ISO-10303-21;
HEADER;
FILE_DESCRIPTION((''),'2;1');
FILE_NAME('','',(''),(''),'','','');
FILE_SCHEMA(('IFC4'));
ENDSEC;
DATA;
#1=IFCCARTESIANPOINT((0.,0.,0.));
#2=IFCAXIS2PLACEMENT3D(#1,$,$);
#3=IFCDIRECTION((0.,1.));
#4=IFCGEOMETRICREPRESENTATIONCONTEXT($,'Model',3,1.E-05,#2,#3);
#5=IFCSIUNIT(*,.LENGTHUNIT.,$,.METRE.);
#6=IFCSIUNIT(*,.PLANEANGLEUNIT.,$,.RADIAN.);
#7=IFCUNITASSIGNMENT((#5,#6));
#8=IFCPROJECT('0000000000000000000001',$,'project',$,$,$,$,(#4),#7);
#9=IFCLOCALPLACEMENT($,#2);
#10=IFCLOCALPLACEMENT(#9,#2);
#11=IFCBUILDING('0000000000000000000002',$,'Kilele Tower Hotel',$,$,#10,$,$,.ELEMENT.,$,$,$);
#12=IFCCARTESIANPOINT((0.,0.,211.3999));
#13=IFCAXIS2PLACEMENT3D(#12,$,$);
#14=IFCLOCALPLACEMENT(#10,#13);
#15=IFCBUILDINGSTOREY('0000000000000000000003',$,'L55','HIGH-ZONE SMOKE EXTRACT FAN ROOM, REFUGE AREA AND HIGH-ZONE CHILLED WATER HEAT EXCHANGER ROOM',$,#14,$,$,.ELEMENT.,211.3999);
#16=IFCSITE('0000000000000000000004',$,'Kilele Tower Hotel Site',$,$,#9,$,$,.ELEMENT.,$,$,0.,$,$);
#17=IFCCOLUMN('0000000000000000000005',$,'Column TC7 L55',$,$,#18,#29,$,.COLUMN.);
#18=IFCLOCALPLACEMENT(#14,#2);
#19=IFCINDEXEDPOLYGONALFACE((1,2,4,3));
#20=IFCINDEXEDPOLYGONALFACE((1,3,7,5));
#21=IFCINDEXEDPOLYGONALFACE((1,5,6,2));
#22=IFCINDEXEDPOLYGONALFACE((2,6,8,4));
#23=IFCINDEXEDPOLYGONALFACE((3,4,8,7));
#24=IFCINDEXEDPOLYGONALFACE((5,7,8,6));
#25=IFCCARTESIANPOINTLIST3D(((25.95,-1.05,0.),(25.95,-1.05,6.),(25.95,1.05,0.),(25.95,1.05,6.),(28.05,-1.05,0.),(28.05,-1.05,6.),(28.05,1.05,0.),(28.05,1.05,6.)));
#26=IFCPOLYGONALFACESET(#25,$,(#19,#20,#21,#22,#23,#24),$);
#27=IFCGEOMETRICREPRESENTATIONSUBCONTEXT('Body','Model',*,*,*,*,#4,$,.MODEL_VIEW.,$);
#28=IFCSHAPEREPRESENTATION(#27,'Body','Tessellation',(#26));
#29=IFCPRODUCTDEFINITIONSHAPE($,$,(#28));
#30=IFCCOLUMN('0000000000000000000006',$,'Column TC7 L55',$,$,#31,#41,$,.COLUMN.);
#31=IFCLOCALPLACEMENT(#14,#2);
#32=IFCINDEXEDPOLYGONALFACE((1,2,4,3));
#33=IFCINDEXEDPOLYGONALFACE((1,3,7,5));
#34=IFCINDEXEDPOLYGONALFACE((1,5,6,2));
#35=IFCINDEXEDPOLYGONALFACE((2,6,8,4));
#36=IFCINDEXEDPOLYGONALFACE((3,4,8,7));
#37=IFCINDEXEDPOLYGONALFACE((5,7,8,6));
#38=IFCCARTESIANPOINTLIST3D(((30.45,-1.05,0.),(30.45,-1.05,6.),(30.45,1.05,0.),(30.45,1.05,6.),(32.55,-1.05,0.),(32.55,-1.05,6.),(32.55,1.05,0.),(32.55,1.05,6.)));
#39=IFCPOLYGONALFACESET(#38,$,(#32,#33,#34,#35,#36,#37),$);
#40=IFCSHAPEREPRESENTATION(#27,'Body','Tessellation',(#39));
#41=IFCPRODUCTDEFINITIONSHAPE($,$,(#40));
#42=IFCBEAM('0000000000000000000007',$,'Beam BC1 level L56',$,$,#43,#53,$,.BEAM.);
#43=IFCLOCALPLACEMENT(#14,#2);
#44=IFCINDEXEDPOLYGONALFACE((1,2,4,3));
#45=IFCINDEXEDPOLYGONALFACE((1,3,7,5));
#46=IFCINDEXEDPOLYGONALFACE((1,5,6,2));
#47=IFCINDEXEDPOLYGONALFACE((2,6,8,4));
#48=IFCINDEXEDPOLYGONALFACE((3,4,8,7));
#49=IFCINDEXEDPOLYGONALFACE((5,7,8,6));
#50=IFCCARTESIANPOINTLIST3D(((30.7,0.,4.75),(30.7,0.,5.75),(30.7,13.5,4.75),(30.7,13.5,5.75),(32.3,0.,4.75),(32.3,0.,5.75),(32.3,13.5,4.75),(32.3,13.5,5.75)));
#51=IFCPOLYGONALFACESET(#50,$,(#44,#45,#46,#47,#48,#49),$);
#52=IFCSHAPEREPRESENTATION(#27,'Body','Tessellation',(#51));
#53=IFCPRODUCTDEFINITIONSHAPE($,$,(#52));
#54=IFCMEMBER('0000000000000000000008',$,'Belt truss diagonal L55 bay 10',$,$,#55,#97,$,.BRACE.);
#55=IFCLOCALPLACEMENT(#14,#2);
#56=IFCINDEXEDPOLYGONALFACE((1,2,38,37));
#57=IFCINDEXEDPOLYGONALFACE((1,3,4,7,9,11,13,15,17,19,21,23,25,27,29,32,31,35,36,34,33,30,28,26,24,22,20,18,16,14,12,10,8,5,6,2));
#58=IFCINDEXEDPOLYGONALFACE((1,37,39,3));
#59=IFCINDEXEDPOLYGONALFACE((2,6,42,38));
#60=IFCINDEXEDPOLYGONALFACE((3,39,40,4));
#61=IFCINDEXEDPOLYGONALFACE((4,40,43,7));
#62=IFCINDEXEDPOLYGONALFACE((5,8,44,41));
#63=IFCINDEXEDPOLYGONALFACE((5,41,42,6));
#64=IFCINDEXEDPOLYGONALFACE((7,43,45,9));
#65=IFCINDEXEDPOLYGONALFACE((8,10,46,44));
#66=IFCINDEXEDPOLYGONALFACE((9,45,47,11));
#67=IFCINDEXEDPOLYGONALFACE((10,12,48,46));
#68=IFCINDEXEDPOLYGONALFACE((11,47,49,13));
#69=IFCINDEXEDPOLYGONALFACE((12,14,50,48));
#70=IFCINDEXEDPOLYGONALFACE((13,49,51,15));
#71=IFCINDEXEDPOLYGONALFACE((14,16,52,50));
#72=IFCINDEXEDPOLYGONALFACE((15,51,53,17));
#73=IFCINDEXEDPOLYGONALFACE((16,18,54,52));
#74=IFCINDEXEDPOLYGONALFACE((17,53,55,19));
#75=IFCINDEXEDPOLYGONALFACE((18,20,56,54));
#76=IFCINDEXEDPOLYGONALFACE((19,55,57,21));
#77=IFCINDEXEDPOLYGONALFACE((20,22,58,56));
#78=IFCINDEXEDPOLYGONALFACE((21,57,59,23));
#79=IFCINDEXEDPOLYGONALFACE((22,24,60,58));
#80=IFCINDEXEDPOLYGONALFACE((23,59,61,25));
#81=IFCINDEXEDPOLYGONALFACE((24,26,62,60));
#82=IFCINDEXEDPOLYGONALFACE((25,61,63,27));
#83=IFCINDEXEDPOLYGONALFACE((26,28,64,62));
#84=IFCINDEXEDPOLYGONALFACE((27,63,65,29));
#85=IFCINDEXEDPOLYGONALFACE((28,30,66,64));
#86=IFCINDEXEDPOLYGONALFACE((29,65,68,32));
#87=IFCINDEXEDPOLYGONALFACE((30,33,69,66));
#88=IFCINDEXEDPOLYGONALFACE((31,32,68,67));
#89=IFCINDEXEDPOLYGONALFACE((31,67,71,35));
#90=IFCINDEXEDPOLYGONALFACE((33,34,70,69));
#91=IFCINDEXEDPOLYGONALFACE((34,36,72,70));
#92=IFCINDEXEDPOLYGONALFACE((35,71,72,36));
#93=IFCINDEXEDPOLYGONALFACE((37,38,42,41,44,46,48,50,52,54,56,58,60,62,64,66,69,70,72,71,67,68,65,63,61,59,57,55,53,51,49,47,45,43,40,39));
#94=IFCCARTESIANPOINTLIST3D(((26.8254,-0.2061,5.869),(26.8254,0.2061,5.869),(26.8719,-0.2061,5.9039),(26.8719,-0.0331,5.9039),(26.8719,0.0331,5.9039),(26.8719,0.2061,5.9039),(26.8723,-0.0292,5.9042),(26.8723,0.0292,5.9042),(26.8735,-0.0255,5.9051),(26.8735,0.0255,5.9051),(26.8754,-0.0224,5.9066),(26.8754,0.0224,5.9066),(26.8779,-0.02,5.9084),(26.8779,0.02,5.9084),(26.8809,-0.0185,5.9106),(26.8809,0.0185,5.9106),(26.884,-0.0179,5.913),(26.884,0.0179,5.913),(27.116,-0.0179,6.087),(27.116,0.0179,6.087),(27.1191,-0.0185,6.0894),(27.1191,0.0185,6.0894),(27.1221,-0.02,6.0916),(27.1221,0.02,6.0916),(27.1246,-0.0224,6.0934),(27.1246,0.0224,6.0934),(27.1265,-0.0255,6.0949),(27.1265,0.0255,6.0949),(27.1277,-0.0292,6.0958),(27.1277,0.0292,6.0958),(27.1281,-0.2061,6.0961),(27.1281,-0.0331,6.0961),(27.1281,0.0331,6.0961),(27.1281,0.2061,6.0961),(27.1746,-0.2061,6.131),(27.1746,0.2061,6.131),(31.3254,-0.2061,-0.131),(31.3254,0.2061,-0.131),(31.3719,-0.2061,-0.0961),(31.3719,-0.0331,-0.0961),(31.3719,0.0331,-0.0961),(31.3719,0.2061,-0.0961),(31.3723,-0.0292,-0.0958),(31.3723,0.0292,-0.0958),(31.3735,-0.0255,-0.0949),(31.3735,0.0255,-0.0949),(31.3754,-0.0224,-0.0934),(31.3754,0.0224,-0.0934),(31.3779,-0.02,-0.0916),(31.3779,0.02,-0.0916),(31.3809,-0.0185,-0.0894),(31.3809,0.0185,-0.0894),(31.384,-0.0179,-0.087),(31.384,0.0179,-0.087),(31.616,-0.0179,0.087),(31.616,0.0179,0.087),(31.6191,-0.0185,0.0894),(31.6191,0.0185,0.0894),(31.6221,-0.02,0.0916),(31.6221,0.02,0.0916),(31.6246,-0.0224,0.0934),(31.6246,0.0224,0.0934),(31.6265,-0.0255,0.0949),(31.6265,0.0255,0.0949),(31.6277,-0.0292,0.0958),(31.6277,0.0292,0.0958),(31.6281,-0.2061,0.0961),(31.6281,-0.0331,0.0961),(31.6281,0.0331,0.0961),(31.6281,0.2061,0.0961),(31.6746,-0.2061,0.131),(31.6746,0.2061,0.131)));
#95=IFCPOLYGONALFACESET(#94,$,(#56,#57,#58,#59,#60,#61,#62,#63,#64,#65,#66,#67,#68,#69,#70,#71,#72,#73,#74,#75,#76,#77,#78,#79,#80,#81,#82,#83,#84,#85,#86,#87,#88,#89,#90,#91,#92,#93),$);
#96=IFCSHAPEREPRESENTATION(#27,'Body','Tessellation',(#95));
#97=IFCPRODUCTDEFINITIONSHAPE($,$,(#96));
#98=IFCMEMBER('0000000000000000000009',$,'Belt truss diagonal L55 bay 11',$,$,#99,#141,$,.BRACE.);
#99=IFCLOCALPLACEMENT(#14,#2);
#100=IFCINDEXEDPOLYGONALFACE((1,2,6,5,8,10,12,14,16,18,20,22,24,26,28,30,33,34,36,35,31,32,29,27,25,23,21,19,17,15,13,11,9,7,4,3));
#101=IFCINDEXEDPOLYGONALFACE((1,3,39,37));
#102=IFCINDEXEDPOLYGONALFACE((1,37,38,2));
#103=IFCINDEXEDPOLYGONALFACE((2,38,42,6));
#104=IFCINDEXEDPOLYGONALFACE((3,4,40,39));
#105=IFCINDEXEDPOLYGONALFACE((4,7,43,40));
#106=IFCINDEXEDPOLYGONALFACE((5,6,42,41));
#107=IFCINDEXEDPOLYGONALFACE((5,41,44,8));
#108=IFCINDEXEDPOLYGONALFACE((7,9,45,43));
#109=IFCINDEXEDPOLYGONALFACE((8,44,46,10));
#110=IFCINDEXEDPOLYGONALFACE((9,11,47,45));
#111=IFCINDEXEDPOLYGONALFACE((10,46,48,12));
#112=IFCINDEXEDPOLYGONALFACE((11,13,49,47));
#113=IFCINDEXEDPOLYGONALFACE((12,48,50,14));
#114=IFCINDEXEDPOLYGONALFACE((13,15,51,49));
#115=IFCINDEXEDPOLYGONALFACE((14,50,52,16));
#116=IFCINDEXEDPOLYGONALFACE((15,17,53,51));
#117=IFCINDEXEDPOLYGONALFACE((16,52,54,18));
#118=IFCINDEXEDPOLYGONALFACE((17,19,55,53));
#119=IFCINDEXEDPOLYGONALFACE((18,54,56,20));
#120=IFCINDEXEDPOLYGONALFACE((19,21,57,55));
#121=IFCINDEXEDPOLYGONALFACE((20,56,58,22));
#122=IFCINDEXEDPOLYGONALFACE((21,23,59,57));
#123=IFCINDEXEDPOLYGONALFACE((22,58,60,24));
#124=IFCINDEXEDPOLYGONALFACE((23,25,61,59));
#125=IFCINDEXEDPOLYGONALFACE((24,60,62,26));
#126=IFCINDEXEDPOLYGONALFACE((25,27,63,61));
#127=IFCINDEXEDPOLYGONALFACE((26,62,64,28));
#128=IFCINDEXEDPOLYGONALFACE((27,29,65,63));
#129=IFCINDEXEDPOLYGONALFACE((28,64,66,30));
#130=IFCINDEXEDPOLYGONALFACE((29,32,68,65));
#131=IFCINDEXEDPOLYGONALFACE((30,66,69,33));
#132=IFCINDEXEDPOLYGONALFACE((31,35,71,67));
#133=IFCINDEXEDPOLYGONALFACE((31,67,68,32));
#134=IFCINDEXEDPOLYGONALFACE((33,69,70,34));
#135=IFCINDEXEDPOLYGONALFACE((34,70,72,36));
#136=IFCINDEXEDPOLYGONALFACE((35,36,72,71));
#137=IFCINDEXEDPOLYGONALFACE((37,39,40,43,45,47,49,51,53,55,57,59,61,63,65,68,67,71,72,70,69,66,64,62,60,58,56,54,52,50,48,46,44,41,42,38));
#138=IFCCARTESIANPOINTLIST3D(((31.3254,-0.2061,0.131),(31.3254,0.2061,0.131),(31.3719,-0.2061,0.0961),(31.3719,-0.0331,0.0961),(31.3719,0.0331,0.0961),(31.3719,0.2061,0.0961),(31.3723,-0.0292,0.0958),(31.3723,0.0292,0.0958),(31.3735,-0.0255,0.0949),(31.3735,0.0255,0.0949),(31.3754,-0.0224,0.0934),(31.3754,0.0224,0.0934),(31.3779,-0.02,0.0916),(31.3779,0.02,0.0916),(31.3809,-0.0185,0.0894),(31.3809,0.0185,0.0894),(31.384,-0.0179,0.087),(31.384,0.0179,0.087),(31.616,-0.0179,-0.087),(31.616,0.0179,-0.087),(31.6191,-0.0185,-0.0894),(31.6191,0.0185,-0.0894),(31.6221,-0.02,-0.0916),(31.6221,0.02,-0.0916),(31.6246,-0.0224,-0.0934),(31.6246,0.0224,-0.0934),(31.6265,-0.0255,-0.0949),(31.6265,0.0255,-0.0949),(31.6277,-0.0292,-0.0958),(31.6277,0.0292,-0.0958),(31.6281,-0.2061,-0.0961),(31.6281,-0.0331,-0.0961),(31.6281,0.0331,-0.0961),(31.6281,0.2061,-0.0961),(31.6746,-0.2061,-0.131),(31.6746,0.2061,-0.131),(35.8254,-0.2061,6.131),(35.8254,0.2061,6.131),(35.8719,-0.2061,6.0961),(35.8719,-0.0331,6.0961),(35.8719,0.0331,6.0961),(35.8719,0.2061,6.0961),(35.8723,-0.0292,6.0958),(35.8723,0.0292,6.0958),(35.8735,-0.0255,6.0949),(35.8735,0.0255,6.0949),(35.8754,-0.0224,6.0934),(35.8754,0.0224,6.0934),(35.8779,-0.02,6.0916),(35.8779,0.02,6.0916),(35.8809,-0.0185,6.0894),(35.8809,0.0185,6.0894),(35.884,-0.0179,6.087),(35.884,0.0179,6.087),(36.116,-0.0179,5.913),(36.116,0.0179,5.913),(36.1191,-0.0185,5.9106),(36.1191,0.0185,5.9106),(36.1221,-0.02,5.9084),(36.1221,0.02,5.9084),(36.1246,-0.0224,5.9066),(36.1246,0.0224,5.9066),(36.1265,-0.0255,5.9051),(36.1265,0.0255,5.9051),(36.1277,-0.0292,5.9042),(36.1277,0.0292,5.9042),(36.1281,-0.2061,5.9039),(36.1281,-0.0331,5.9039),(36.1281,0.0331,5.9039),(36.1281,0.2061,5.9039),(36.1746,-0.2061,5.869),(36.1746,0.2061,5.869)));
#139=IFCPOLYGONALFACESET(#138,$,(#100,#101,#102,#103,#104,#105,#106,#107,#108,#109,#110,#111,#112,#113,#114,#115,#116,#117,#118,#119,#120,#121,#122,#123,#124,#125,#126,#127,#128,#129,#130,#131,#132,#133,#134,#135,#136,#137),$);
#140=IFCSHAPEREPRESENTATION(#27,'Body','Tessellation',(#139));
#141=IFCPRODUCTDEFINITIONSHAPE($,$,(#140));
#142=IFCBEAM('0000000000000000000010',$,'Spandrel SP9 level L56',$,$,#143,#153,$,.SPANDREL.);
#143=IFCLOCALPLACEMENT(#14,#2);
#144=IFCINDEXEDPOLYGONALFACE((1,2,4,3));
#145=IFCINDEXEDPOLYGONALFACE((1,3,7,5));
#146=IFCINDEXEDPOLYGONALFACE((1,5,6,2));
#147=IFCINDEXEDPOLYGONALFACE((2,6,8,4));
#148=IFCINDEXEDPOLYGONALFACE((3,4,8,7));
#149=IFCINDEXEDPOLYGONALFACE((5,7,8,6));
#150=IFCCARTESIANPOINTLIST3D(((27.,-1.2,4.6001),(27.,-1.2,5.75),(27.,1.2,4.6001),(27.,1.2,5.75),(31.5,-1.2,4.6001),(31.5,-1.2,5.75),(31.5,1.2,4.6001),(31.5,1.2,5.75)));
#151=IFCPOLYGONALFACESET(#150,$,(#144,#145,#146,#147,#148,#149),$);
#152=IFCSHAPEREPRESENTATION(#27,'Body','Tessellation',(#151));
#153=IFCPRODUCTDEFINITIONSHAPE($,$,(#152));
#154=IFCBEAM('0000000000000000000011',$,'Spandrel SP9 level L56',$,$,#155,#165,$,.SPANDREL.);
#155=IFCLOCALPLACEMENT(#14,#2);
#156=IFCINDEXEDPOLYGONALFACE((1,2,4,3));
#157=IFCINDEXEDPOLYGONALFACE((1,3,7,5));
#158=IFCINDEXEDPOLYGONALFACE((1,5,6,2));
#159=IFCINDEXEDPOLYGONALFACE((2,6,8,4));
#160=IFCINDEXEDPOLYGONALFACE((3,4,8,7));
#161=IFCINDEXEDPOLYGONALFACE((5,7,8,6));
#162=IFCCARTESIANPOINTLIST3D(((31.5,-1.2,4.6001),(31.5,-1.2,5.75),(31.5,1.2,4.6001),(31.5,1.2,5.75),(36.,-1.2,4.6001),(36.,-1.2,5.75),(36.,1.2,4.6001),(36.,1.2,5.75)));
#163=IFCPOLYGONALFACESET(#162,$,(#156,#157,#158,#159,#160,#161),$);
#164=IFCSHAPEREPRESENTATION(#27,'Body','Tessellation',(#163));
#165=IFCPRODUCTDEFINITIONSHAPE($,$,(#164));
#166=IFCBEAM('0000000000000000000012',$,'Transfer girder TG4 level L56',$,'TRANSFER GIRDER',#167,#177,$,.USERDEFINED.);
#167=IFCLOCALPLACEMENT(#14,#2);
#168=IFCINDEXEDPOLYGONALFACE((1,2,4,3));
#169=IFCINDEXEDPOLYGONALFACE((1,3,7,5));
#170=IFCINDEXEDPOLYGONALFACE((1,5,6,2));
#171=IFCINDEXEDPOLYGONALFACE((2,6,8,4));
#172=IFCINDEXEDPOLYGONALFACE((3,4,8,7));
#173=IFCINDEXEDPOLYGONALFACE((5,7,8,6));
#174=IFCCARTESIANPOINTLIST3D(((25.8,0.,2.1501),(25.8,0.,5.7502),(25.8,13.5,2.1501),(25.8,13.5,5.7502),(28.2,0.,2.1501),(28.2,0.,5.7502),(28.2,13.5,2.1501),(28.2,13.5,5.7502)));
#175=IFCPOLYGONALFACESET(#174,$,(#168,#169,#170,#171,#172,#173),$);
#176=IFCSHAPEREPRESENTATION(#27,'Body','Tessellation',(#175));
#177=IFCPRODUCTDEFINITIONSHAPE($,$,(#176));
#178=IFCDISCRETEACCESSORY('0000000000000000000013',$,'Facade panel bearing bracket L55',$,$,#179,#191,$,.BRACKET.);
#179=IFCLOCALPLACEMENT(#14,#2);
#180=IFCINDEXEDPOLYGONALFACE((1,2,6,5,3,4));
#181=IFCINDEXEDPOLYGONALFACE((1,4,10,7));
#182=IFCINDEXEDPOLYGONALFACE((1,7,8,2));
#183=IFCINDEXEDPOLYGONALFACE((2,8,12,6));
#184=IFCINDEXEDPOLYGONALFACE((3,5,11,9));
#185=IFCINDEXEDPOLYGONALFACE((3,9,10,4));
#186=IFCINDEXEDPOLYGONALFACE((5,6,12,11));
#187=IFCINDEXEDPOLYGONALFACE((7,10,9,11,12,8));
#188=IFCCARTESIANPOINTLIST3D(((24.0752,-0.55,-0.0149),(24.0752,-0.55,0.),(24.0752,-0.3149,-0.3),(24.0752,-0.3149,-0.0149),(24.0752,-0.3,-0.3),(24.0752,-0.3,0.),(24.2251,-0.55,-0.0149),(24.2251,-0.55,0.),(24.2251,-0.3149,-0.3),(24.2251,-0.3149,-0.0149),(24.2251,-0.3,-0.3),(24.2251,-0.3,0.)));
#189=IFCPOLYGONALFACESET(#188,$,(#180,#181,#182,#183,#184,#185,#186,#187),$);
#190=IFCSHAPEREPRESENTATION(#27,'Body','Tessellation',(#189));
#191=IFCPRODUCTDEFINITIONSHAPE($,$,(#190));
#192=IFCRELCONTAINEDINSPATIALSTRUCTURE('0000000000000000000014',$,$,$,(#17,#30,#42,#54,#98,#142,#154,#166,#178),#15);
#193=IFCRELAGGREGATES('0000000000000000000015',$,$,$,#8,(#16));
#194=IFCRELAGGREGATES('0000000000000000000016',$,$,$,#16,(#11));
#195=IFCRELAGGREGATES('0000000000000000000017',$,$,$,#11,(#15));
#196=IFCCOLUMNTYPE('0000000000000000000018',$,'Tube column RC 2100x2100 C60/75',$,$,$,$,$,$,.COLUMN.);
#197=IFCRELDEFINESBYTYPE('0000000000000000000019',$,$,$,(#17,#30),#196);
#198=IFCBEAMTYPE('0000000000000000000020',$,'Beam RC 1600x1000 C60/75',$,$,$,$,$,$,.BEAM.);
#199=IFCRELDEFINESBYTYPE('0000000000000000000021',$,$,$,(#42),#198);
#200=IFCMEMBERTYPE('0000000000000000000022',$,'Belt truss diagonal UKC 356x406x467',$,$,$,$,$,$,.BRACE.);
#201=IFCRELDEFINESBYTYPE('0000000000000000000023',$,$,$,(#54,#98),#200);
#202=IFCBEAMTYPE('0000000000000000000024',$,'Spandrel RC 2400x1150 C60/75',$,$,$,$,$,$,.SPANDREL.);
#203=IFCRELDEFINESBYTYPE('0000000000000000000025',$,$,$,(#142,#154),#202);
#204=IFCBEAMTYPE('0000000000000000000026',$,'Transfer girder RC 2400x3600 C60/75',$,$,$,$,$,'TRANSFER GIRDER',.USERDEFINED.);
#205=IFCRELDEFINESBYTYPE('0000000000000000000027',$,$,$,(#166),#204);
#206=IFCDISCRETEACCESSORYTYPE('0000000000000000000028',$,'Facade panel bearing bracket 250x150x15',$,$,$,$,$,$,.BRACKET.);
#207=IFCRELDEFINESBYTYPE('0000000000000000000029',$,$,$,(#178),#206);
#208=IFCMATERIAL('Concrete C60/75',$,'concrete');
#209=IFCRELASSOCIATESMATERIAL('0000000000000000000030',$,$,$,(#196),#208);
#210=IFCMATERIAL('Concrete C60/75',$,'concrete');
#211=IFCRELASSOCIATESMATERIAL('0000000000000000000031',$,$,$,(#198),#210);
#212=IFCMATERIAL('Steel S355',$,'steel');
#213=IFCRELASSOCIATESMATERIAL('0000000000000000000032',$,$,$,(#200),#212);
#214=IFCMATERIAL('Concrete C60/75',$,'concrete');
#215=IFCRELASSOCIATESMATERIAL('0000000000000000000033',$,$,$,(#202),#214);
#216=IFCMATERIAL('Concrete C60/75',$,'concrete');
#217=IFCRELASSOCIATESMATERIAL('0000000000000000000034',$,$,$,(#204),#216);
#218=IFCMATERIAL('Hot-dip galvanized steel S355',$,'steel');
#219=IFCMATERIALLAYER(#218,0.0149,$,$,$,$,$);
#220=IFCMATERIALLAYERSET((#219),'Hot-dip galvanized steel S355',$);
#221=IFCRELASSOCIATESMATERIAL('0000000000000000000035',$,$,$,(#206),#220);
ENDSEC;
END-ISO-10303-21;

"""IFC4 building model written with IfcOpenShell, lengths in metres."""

from ifc_helpers import new_model, si_unit, direction, frame, origin, origin_2d, place, context, subcontext, project, spatial, polyline, rectangle, i_section, outline, extrude, source, transform, mapped, material, layer, layer_set, material_profile, profile_set, type_object, element, save


model = new_model("IFC4")

# Units and contexts
model_context = context("Model", 3, precision=1e-05, world=origin(), true_north=direction((0.0, 1.0)))
body_context = subcontext(model_context, "Body", "Model", "MODEL_VIEW")
ifc_project = project(units=[si_unit("LENGTHUNIT", "METRE"), si_unit("PLANEANGLEUNIT", "RADIAN")], contexts=[model_context])

# Site, building, storey
site_placement = place(None, origin())
site = spatial("IfcSite", under=ifc_project, at=site_placement, Name="Kilele Tower Hotel Site", CompositionType="ELEMENT", RefElevation=0.0)
building_placement = place(site_placement, origin())
building = spatial("IfcBuilding", under=site, at=building_placement, Name="Kilele Tower Hotel", CompositionType="ELEMENT")
storey_placement = place(building_placement, frame((0.0, 0.0, 211.3999)))
storey = spatial("IfcBuildingStorey", under=building, at=storey_placement, Name="L55", Description="HIGH-ZONE SMOKE EXTRACT FAN ROOM, REFUGE AREA AND HIGH-ZONE CHILLED WATER HEAT EXCHANGER ROOM", CompositionType="ELEMENT", Elevation=211.3999)

# Columns
ifc_material_1 = material(Name="Concrete C60/75", Category="concrete")
ifc_material_profile_1 = material_profile(ifc_material_1, rectangle(XDim=2.1001, YDim=2.1001, at=origin_2d()))
ifc_profile_set_1 = profile_set([ifc_material_profile_1], Name="Concrete C60/75")
column_type = type_object("IfcColumnType", Name="Tube column RC 2100x2100 C60/75", PredefinedType="COLUMN", material=ifc_profile_set_1)
for number, where, z_axis, x_axis, name in (
    (1, (27.0, 0.0, 0.0), (0.0, 0.0, 1.0), (1.0, 0.0, 0.0), "Column TC7 L55"),
    (2, (31.5, 0.0, 0.0), (0.0, 0.0, 1.0), (1.0, 0.0, 0.0), "Column TC7 L55"),
):
    element("IfcColumn", number, at=place(storey_placement, frame(where, z_axis=z_axis, x_axis=x_axis)), inside=storey, type_object=column_type, Name=name, PredefinedType="COLUMN", context=body_context, shape_type="SweptSolid", body=[
        extrude(rectangle(XDim=2.1001, YDim=2.1001, at=origin_2d()), origin(), (0.0, 0.0, 1.0), 6.0),
    ])

# Beam
ifc_material_2 = material(Name="Concrete C60/75", Category="concrete")
ifc_material_profile_2 = material_profile(ifc_material_2, rectangle(XDim=1.6001, YDim=1.0, at=origin_2d()))
ifc_profile_set_2 = profile_set([ifc_material_profile_2], Name="Concrete C60/75")
beam_type_1 = type_object("IfcBeamType", Name="Beam RC 1600x1000 C60/75", PredefinedType="BEAM", material=ifc_profile_set_2)
beam_1_placement = place(storey_placement, frame((31.5, 0.0, 5.25), z_axis=(0.0, 1.0, 0.0), x_axis=(-1.0, 0.0, 0.0)))
element("IfcBeam", 3, at=beam_1_placement, inside=storey, type_object=beam_type_1, Name="Beam BC1 level L56", PredefinedType="BEAM", context=body_context, shape_type="SweptSolid", body=[
    extrude(rectangle(XDim=1.6001, YDim=1.0, at=origin_2d()), origin(), (0.0, 0.0, 1.0), 13.5),
])

# Members
ifc_material_3 = material(Name="Steel S355", Category="steel")
ifc_material_profile_3 = material_profile(ifc_material_3, i_section(OverallWidth=0.4121, OverallDepth=0.4365, WebThickness=0.0359, FlangeThickness=0.0581, FilletRadius=0.0151, at=origin_2d()))
ifc_profile_set_3 = profile_set([ifc_material_profile_3], Name="Steel S355")
member_type = type_object("IfcMemberType", Name="Belt truss diagonal UKC 356x406x467", PredefinedType="BRACE", material=ifc_profile_set_3)
for number, where, z_axis, x_axis, name in (
    (4, (27.0, 0.0, 6.0), (0.6, 0.0, -0.8), (0.0, 1.0, 0.0), "Belt truss diagonal L55 bay 10"),
    (5, (31.5, 0.0, 0.0), (0.6, 0.0, 0.8), (0.0, 1.0, 0.0), "Belt truss diagonal L55 bay 11"),
):
    element("IfcMember", number, at=place(storey_placement, frame(where, z_axis=z_axis, x_axis=x_axis)), inside=storey, type_object=member_type, Name=name, PredefinedType="BRACE", context=body_context, shape_type="SweptSolid", body=[
        extrude(i_section(OverallWidth=0.4121, OverallDepth=0.4365, WebThickness=0.0359, FlangeThickness=0.0581, FilletRadius=0.0151, at=origin_2d()), origin(), (0.0, 0.0, 1.0), 7.5),
    ])

# Beams
ifc_material_4 = material(Name="Concrete C60/75", Category="concrete")
ifc_material_profile_4 = material_profile(ifc_material_4, rectangle(XDim=2.3999, YDim=1.1499, at=origin_2d()))
ifc_profile_set_4 = profile_set([ifc_material_profile_4], Name="Concrete C60/75")
beam_type_2 = type_object("IfcBeamType", Name="Spandrel RC 2400x1150 C60/75", PredefinedType="SPANDREL", material=ifc_profile_set_4)
for number, where, z_axis, x_axis, name in (
    (6, (27.0, 0.0, 5.175), (1.0, 0.0, 0.0), (0.0, 1.0, 0.0), "Spandrel SP9 level L56"),
    (7, (31.5, 0.0, 5.175), (1.0, 0.0, 0.0), (0.0, 1.0, 0.0), "Spandrel SP9 level L56"),
):
    element("IfcBeam", number, at=place(storey_placement, frame(where, z_axis=z_axis, x_axis=x_axis)), inside=storey, type_object=beam_type_2, Name=name, PredefinedType="SPANDREL", context=body_context, shape_type="SweptSolid", body=[
        extrude(rectangle(XDim=2.3999, YDim=1.1499, at=origin_2d()), origin(), (0.0, 0.0, 1.0), 4.5),
    ])
ifc_material_5 = material(Name="Concrete C60/75", Category="concrete")
ifc_material_profile_5 = material_profile(ifc_material_5, rectangle(XDim=2.3999, YDim=3.6001, at=origin_2d()))
ifc_profile_set_5 = profile_set([ifc_material_profile_5], Name="Concrete C60/75")
beam_type_3 = type_object("IfcBeamType", Name="Transfer girder RC 2400x3600 C60/75", ElementType="TRANSFER GIRDER", PredefinedType="USERDEFINED", material=ifc_profile_set_5)
beam_2_placement = place(storey_placement, frame((27.0, 0.0, 3.9502), z_axis=(0.0, 1.0, 0.0), x_axis=(-1.0, 0.0, 0.0)))
element("IfcBeam", 8, at=beam_2_placement, inside=storey, type_object=beam_type_3, Name="Transfer girder TG4 level L56", ObjectType="TRANSFER GIRDER", PredefinedType="USERDEFINED", context=body_context, shape_type="SweptSolid", body=[
    extrude(rectangle(XDim=2.3999, YDim=3.6001, at=origin_2d()), origin(), (0.0, 0.0, 1.0), 13.5),
])

# Discrete accessory
ifc_material_6 = material(Name="Hot-dip galvanized steel S355", Category="steel")
ifc_layer_1 = layer(ifc_material_6, 0.0149)
ifc_layer_set_1 = layer_set([ifc_layer_1], Name="Hot-dip galvanized steel S355")
discrete_accessory_type_1 = type_object("IfcDiscreteAccessoryType", Name="Facade panel bearing bracket 250x150x15", PredefinedType="BRACKET", material=ifc_layer_set_1)
shared_shape_1 = source(origin(), body_context, "Body", "SweptSolid", [
    extrude(outline(polyline([(0.0, 0.0), (0.25, 0.0), (0.25, -0.0149), (0.0149, -0.0149), (0.0149, -0.3), (0.0, -0.3), (0.0, 0.0)])), origin(), (0.0, 0.0, 1.0), 0.1499),
])
for number, where, z_axis, x_axis, name in (
    (9, (24.2251, -0.3, 0.0), (-1.0, 0.0, 0.0), (0.0, -1.0, 0.0), "Facade panel bearing bracket L55"),
):
    element("IfcDiscreteAccessory", number, at=place(storey_placement, frame(where, z_axis=z_axis, x_axis=x_axis)), inside=storey, type_object=discrete_accessory_type_1, Name=name, PredefinedType="BRACKET", context=body_context, shape_type="MappedRepresentation", body=[
        mapped(shared_shape_1, transform((0.0, 0.0, 0.0))),
    ])

save(model, "model.ifc")
